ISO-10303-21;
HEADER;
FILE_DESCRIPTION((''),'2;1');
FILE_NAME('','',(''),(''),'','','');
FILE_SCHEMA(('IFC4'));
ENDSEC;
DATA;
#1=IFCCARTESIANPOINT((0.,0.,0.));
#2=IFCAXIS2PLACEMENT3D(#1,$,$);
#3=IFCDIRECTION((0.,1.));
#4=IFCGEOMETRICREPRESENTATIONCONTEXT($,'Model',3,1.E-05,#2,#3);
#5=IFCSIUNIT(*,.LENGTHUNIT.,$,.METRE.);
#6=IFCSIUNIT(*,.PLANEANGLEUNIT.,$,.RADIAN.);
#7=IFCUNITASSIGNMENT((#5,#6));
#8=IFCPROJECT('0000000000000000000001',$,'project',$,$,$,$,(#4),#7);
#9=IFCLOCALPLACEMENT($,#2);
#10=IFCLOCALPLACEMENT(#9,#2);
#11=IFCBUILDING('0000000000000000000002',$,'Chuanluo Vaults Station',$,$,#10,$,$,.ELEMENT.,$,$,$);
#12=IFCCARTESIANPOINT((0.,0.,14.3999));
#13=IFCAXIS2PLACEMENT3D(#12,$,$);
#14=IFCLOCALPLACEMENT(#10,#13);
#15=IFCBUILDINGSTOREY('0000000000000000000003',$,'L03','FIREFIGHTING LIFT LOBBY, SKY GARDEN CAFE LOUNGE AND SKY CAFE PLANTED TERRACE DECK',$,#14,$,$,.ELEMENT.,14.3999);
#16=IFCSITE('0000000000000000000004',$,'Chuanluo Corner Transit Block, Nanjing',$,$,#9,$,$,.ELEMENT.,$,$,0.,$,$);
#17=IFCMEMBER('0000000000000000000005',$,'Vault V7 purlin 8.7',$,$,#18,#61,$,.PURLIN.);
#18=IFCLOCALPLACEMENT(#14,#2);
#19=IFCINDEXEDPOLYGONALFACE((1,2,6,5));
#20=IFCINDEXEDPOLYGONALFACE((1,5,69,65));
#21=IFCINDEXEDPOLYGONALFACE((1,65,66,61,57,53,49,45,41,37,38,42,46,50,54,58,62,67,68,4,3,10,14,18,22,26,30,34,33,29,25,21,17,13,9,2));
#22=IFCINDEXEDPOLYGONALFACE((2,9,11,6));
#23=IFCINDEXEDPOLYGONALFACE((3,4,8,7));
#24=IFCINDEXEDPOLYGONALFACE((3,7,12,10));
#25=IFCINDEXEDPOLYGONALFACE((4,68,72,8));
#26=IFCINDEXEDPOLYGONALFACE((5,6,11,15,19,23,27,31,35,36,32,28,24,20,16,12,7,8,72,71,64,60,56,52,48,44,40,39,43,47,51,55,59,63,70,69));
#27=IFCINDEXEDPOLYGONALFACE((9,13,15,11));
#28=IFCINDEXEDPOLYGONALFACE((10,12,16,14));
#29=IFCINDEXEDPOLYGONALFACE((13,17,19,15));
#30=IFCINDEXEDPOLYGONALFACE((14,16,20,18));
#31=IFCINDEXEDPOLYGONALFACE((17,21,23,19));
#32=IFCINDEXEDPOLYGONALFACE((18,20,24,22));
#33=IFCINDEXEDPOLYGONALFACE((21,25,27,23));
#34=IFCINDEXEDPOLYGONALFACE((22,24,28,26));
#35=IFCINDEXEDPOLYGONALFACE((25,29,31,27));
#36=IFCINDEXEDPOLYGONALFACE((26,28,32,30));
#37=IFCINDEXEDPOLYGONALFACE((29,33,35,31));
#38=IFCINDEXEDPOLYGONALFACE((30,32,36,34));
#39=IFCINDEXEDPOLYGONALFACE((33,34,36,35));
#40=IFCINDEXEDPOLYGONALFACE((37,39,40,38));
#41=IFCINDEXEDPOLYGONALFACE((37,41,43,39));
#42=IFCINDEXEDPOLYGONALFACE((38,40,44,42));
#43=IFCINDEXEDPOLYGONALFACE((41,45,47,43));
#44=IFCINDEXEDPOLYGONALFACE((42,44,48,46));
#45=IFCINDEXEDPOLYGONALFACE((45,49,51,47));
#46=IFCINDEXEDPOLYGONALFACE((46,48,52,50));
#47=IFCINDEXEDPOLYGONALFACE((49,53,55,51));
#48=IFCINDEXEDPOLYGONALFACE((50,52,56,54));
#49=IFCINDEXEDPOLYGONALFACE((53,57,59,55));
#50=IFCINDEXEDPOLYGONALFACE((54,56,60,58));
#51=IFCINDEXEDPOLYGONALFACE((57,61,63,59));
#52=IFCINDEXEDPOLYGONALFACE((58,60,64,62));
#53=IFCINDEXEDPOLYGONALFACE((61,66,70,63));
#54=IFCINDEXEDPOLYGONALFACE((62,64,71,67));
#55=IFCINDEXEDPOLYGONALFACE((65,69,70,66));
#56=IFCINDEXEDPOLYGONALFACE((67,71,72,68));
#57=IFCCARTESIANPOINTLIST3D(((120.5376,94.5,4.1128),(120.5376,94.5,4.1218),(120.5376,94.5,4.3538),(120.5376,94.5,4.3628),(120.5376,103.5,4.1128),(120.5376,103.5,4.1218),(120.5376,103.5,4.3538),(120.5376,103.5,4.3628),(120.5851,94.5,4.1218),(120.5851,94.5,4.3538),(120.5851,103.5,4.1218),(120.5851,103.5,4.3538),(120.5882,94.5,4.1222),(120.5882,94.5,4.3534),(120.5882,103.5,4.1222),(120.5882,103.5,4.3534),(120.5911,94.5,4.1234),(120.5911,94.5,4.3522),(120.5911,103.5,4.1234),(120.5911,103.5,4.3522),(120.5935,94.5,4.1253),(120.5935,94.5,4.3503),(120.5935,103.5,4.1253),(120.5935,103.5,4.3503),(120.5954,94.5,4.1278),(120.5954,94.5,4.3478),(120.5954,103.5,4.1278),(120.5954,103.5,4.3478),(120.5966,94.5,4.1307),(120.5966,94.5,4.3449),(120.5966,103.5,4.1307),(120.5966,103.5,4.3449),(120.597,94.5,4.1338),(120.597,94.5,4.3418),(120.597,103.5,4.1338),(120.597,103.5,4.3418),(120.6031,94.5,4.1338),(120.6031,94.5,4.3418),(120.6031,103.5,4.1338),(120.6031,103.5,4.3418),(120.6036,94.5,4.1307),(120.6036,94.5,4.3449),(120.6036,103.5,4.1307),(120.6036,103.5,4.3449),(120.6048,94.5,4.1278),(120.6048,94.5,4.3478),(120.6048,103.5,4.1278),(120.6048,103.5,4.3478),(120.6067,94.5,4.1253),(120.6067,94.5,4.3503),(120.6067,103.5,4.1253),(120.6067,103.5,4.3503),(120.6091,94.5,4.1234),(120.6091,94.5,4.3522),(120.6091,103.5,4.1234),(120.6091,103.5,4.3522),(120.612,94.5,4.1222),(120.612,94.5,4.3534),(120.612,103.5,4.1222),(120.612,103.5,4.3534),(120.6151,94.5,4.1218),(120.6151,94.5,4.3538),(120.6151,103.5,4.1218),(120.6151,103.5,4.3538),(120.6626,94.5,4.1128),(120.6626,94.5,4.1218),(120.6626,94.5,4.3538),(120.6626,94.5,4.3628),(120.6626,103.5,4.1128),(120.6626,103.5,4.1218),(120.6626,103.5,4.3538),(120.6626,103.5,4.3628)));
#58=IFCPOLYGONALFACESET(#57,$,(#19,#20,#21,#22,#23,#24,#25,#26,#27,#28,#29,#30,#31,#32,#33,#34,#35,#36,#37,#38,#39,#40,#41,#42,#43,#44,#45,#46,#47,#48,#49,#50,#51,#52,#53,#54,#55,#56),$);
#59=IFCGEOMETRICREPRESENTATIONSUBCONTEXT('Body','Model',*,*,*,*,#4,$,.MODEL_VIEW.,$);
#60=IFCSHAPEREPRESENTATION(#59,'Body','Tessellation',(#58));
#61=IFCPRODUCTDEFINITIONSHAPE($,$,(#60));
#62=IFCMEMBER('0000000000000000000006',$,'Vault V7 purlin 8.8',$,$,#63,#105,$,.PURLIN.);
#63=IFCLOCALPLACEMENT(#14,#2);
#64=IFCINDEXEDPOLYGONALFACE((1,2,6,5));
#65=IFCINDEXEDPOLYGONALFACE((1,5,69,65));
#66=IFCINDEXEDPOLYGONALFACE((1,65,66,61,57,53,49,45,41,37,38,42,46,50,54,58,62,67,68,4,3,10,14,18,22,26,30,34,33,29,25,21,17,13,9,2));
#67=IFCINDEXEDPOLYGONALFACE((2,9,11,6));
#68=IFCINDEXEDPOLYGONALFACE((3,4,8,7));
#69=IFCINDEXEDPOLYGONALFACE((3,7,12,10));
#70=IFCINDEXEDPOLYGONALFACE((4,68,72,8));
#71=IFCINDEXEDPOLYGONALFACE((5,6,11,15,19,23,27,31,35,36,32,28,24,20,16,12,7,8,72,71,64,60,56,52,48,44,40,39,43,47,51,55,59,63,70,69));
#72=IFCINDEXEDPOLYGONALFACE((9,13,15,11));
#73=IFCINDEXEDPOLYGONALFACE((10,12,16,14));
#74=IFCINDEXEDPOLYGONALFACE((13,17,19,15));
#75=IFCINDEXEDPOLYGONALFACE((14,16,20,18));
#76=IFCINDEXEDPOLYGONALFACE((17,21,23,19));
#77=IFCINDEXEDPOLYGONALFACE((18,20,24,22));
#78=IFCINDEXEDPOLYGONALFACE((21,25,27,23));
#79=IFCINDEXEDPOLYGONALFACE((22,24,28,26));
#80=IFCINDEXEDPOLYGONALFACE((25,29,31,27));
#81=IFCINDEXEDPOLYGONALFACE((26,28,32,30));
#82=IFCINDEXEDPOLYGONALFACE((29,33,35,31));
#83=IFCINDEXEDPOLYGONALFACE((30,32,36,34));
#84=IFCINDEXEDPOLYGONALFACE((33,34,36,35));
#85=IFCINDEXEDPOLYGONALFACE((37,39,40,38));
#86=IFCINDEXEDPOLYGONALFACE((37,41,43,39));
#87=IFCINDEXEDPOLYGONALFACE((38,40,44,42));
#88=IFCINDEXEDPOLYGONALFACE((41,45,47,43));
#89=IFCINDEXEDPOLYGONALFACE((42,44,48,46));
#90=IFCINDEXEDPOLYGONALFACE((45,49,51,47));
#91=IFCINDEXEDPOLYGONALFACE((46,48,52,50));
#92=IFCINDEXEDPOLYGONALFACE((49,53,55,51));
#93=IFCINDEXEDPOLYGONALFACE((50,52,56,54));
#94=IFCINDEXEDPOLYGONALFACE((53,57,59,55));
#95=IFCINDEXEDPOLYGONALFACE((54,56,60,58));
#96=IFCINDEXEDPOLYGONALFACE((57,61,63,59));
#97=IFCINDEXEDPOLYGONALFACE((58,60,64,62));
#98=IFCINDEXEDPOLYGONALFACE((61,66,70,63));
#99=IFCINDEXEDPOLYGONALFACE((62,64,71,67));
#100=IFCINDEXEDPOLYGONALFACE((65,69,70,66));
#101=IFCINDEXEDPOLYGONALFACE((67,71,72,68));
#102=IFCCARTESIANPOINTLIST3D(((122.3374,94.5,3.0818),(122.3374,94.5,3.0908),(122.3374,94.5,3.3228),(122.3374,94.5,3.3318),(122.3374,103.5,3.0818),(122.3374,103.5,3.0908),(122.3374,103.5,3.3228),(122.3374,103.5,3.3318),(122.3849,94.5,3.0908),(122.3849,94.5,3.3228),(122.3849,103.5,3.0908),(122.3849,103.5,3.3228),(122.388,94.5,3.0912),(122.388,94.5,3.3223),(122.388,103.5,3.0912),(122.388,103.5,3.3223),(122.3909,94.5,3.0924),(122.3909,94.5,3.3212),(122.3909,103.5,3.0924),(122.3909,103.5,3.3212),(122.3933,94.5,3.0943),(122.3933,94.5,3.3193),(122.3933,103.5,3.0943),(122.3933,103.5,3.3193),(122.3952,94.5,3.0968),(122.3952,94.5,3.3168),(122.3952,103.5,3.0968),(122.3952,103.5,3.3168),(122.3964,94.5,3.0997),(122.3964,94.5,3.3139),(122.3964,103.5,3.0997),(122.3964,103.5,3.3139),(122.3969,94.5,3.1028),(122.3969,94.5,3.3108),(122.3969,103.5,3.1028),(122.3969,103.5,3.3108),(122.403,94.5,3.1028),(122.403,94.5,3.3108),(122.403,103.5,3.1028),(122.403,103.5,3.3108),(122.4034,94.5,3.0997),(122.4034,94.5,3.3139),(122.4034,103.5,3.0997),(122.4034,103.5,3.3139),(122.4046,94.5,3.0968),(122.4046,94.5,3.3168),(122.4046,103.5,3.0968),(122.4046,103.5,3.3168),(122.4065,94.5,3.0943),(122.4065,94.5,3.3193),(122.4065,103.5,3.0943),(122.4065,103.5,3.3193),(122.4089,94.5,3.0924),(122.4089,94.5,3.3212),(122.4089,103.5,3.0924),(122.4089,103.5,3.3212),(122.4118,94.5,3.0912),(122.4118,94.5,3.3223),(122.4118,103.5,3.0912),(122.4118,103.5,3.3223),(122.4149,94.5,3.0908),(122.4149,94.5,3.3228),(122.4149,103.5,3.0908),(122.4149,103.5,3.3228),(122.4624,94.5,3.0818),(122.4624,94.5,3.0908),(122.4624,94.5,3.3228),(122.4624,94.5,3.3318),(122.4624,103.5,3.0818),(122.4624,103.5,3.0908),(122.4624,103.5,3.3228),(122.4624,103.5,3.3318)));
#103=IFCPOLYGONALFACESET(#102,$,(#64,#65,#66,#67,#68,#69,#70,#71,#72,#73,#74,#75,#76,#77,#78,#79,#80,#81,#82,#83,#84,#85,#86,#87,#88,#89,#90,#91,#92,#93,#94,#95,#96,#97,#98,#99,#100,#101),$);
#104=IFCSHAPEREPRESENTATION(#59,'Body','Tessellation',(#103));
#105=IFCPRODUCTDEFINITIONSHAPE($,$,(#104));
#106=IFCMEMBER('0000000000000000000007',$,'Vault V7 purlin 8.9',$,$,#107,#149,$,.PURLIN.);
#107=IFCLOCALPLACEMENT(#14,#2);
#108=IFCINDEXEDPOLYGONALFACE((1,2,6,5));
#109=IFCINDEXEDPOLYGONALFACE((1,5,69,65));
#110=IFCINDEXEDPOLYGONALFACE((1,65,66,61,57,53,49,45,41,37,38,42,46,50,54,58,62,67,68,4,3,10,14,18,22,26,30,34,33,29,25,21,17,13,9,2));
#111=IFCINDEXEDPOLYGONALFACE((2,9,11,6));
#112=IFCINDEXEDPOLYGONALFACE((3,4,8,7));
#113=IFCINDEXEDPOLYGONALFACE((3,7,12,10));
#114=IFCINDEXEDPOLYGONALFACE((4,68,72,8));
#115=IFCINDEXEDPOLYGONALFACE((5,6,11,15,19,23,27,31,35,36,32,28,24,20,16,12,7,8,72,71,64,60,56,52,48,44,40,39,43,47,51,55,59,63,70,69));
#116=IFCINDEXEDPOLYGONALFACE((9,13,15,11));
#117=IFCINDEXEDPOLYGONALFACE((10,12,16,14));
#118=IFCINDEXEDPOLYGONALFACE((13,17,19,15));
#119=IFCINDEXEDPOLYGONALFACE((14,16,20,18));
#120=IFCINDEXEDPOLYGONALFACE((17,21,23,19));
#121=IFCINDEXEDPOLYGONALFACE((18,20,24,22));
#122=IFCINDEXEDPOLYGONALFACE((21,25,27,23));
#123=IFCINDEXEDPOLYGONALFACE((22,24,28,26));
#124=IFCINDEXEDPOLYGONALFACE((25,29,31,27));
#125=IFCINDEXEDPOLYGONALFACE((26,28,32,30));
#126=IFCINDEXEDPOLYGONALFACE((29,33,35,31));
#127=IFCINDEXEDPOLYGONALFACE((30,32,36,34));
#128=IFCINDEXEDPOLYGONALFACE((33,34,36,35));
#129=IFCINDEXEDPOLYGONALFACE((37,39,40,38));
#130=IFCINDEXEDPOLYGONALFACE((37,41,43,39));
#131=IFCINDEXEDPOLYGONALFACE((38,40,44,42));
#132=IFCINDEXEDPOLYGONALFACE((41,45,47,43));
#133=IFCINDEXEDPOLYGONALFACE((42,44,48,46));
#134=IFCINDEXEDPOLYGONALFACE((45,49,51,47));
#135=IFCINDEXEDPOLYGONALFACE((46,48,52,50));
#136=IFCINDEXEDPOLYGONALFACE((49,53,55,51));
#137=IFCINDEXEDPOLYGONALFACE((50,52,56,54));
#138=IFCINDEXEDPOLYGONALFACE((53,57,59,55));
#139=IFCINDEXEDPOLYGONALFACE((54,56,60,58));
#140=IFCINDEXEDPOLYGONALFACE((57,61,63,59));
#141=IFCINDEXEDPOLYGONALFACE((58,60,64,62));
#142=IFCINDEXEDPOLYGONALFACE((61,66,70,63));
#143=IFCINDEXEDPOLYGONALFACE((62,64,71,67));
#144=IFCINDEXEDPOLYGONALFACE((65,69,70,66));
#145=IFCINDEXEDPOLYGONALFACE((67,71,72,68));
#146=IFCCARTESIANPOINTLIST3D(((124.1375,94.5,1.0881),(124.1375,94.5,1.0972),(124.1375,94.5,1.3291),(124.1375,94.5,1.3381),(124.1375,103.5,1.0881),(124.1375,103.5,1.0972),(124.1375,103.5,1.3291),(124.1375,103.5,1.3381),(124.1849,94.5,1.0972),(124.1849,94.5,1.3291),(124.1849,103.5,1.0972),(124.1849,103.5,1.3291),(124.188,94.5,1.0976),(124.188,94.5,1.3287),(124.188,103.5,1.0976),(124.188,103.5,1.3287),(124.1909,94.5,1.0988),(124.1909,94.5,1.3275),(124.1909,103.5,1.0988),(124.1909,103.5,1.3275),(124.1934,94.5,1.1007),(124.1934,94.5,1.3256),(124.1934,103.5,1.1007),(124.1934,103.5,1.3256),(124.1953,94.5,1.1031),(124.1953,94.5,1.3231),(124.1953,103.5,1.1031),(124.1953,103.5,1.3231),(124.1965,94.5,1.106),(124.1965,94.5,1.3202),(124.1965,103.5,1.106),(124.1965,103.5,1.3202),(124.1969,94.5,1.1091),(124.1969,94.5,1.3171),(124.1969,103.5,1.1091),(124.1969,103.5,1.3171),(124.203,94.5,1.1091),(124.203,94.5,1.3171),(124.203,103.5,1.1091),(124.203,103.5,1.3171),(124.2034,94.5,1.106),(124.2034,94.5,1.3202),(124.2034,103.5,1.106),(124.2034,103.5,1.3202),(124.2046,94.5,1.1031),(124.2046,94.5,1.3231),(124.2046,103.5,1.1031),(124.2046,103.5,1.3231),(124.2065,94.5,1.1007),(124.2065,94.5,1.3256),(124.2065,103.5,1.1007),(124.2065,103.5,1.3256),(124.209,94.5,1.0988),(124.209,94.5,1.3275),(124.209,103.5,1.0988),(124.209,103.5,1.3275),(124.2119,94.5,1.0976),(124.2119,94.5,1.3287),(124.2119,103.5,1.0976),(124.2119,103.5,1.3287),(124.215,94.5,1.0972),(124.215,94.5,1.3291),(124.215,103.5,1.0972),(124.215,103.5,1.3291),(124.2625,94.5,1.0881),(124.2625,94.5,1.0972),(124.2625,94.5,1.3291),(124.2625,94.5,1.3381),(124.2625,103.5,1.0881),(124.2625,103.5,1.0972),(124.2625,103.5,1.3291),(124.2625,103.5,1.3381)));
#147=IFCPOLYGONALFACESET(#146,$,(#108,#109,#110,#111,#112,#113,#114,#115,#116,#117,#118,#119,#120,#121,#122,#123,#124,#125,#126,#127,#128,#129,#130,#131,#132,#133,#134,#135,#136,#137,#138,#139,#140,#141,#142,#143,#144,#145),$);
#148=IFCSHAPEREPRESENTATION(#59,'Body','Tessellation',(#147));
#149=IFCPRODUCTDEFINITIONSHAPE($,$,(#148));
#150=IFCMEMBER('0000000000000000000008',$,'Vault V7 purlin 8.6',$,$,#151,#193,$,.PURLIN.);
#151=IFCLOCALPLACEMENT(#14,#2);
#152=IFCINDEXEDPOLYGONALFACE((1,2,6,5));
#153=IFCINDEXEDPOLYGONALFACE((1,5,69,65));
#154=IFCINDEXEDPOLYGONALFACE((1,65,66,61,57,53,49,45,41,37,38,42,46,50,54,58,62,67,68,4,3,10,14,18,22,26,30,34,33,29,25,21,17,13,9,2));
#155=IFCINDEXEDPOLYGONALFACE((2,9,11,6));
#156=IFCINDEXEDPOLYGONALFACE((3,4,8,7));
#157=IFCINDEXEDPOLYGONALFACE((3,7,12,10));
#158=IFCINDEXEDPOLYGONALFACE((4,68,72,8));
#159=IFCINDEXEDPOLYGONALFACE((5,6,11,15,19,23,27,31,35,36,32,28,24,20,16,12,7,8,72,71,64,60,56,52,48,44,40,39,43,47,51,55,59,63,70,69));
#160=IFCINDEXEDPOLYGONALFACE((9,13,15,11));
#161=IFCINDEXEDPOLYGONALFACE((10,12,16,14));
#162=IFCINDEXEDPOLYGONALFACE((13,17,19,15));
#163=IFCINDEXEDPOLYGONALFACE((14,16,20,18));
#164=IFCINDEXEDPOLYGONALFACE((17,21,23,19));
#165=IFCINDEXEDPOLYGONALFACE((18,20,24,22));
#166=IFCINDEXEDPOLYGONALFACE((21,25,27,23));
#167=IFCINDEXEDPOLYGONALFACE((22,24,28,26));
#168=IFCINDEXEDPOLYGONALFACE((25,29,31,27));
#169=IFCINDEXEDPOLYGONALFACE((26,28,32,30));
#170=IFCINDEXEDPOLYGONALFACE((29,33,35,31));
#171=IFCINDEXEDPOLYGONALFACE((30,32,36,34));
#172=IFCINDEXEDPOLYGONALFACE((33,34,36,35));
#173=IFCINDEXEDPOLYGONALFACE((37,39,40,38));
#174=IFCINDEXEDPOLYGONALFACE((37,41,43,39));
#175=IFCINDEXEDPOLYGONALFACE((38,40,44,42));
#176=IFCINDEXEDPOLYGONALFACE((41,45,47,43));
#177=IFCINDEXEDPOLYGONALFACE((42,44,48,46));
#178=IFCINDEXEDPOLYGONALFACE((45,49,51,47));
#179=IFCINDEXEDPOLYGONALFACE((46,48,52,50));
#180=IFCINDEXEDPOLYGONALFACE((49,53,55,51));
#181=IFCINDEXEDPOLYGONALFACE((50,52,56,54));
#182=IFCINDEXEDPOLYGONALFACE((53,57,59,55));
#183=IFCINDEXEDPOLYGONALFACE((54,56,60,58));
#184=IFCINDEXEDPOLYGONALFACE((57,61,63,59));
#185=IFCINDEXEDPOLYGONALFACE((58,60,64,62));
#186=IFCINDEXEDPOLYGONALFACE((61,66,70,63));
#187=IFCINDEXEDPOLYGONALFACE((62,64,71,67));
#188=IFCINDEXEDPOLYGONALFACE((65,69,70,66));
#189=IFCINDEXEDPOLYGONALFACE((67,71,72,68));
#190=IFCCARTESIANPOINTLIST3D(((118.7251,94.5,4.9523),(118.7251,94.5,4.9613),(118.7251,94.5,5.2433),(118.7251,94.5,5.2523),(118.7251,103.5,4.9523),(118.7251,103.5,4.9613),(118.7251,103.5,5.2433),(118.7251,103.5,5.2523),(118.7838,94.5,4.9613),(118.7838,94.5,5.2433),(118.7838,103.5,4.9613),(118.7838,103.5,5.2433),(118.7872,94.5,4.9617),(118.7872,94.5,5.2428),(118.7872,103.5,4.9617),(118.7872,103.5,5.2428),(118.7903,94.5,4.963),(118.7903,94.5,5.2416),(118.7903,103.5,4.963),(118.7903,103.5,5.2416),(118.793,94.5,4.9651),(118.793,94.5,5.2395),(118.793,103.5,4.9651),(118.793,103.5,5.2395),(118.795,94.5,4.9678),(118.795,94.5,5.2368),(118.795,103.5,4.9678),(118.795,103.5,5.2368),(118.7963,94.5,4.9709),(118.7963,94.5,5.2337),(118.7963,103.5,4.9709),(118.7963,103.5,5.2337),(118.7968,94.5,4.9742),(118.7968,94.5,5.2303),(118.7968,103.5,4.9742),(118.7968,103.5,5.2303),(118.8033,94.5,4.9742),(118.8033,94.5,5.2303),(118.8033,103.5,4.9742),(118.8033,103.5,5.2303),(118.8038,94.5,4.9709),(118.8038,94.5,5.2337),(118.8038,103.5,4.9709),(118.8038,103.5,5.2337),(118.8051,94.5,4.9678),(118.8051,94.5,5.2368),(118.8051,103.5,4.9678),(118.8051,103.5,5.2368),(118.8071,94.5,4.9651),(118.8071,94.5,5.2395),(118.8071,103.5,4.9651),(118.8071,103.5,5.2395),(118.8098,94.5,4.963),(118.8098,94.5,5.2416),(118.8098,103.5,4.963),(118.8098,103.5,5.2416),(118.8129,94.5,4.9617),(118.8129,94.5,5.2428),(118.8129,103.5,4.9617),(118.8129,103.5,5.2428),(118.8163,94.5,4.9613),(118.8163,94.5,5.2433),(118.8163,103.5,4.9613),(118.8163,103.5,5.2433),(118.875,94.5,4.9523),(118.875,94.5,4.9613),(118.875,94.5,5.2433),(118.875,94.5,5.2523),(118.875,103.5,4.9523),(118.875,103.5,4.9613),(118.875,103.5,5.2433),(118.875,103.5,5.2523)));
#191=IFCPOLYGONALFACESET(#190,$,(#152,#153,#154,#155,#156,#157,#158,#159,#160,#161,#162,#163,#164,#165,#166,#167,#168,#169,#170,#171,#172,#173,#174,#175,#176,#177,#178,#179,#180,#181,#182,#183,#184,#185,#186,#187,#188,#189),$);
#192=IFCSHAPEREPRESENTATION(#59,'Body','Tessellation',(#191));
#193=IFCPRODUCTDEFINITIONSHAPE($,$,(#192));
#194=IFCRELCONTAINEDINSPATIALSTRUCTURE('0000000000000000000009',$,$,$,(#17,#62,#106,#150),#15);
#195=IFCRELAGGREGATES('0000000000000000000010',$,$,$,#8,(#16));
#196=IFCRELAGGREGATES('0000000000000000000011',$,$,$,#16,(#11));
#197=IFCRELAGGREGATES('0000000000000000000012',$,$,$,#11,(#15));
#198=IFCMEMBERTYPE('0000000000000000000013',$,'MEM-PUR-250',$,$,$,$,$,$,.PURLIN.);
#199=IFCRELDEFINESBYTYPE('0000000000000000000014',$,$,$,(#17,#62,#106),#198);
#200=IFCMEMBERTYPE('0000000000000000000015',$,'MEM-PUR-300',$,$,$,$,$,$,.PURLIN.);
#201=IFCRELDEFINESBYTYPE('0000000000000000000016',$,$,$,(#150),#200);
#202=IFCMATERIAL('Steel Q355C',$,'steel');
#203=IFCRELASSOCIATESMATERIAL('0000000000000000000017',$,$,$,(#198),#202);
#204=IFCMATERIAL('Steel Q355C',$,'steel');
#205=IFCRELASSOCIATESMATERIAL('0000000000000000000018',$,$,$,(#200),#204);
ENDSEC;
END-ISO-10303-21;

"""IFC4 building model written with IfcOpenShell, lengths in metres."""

from ifc_helpers import new_model, si_unit, direction, frame, origin, origin_2d, place, context, subcontext, project, spatial, i_section, extrude, material, material_profile, profile_set, type_object, element, save


model = new_model("IFC4")

# Units and contexts
model_context = context("Model", 3, precision=1e-05, world=origin(), true_north=direction((0.0, 1.0)))
body_context = subcontext(model_context, "Body", "Model", "MODEL_VIEW")
ifc_project = project(units=[si_unit("LENGTHUNIT", "METRE"), si_unit("PLANEANGLEUNIT", "RADIAN")], contexts=[model_context])

# Site, building, storey
site_placement = place(None, origin())
site = spatial("IfcSite", under=ifc_project, at=site_placement, Name="Chuanluo Corner Transit Block, Nanjing", CompositionType="ELEMENT", RefElevation=0.0)
building_placement = place(site_placement, origin())
building = spatial("IfcBuilding", under=site, at=building_placement, Name="Chuanluo Vaults Station", CompositionType="ELEMENT")
storey_placement = place(building_placement, frame((0.0, 0.0, 14.3999)))
storey = spatial("IfcBuildingStorey", under=building, at=storey_placement, Name="L03", Description="FIREFIGHTING LIFT LOBBY, SKY GARDEN CAFE LOUNGE AND SKY CAFE PLANTED TERRACE DECK", CompositionType="ELEMENT", Elevation=14.3999)

# Members
ifc_material_1 = material(Name="Steel Q355C", Category="steel")
ifc_material_profile_1 = material_profile(ifc_material_1, i_section(OverallWidth=0.125, OverallDepth=0.25, WebThickness=0.0061, FlangeThickness=0.009, FilletRadius=0.012, at=origin_2d()))
ifc_profile_set_1 = profile_set([ifc_material_profile_1], Name="Steel Q355C")
member_type_1 = type_object("IfcMemberType", Name="MEM-PUR-250", PredefinedType="PURLIN", material=ifc_profile_set_1)
for number, where, z_axis, x_axis, name in (
    (1, (120.6001, 94.5, 4.2378), (0.0, 1.0, 0.0), (-1.0, 0.0, 0.0), "Vault V7 purlin 8.7"),
    (2, (122.3999, 94.5, 3.2068), (0.0, 1.0, 0.0), (-1.0, 0.0, 0.0), "Vault V7 purlin 8.8"),
    (3, (124.2, 94.5, 1.2131), (0.0, 1.0, 0.0), (-1.0, 0.0, 0.0), "Vault V7 purlin 8.9"),
):
    element("IfcMember", number, at=place(storey_placement, frame(where, z_axis=z_axis, x_axis=x_axis)), inside=storey, type_object=member_type_1, Name=name, PredefinedType="PURLIN", context=body_context, shape_type="SweptSolid", body=[
        extrude(i_section(OverallWidth=0.125, OverallDepth=0.25, WebThickness=0.0061, FlangeThickness=0.009, FilletRadius=0.012, at=origin_2d()), origin(), (0.0, 0.0, 1.0), 9.0),
    ])
ifc_material_2 = material(Name="Steel Q355C", Category="steel")
ifc_material_profile_2 = material_profile(ifc_material_2, i_section(OverallWidth=0.1499, OverallDepth=0.3, WebThickness=0.0066, FlangeThickness=0.009, FilletRadius=0.0129, at=origin_2d()))
ifc_profile_set_2 = profile_set([ifc_material_profile_2], Name="Steel Q355C")
member_type_2 = type_object("IfcMemberType", Name="MEM-PUR-300", PredefinedType="PURLIN", material=ifc_profile_set_2)
member_1_placement = place(storey_placement, frame((118.8, 94.5, 5.1023), z_axis=(0.0, 1.0, 0.0), x_axis=(-1.0, 0.0, 0.0)))
element("IfcMember", 4, at=member_1_placement, inside=storey, type_object=member_type_2, Name="Vault V7 purlin 8.6", PredefinedType="PURLIN", context=body_context, shape_type="SweptSolid", body=[
    extrude(i_section(OverallWidth=0.1499, OverallDepth=0.3, WebThickness=0.0066, FlangeThickness=0.009, FilletRadius=0.0129, at=origin_2d()), origin(), (0.0, 0.0, 1.0), 9.0),
])

save(model, "model.ifc")
